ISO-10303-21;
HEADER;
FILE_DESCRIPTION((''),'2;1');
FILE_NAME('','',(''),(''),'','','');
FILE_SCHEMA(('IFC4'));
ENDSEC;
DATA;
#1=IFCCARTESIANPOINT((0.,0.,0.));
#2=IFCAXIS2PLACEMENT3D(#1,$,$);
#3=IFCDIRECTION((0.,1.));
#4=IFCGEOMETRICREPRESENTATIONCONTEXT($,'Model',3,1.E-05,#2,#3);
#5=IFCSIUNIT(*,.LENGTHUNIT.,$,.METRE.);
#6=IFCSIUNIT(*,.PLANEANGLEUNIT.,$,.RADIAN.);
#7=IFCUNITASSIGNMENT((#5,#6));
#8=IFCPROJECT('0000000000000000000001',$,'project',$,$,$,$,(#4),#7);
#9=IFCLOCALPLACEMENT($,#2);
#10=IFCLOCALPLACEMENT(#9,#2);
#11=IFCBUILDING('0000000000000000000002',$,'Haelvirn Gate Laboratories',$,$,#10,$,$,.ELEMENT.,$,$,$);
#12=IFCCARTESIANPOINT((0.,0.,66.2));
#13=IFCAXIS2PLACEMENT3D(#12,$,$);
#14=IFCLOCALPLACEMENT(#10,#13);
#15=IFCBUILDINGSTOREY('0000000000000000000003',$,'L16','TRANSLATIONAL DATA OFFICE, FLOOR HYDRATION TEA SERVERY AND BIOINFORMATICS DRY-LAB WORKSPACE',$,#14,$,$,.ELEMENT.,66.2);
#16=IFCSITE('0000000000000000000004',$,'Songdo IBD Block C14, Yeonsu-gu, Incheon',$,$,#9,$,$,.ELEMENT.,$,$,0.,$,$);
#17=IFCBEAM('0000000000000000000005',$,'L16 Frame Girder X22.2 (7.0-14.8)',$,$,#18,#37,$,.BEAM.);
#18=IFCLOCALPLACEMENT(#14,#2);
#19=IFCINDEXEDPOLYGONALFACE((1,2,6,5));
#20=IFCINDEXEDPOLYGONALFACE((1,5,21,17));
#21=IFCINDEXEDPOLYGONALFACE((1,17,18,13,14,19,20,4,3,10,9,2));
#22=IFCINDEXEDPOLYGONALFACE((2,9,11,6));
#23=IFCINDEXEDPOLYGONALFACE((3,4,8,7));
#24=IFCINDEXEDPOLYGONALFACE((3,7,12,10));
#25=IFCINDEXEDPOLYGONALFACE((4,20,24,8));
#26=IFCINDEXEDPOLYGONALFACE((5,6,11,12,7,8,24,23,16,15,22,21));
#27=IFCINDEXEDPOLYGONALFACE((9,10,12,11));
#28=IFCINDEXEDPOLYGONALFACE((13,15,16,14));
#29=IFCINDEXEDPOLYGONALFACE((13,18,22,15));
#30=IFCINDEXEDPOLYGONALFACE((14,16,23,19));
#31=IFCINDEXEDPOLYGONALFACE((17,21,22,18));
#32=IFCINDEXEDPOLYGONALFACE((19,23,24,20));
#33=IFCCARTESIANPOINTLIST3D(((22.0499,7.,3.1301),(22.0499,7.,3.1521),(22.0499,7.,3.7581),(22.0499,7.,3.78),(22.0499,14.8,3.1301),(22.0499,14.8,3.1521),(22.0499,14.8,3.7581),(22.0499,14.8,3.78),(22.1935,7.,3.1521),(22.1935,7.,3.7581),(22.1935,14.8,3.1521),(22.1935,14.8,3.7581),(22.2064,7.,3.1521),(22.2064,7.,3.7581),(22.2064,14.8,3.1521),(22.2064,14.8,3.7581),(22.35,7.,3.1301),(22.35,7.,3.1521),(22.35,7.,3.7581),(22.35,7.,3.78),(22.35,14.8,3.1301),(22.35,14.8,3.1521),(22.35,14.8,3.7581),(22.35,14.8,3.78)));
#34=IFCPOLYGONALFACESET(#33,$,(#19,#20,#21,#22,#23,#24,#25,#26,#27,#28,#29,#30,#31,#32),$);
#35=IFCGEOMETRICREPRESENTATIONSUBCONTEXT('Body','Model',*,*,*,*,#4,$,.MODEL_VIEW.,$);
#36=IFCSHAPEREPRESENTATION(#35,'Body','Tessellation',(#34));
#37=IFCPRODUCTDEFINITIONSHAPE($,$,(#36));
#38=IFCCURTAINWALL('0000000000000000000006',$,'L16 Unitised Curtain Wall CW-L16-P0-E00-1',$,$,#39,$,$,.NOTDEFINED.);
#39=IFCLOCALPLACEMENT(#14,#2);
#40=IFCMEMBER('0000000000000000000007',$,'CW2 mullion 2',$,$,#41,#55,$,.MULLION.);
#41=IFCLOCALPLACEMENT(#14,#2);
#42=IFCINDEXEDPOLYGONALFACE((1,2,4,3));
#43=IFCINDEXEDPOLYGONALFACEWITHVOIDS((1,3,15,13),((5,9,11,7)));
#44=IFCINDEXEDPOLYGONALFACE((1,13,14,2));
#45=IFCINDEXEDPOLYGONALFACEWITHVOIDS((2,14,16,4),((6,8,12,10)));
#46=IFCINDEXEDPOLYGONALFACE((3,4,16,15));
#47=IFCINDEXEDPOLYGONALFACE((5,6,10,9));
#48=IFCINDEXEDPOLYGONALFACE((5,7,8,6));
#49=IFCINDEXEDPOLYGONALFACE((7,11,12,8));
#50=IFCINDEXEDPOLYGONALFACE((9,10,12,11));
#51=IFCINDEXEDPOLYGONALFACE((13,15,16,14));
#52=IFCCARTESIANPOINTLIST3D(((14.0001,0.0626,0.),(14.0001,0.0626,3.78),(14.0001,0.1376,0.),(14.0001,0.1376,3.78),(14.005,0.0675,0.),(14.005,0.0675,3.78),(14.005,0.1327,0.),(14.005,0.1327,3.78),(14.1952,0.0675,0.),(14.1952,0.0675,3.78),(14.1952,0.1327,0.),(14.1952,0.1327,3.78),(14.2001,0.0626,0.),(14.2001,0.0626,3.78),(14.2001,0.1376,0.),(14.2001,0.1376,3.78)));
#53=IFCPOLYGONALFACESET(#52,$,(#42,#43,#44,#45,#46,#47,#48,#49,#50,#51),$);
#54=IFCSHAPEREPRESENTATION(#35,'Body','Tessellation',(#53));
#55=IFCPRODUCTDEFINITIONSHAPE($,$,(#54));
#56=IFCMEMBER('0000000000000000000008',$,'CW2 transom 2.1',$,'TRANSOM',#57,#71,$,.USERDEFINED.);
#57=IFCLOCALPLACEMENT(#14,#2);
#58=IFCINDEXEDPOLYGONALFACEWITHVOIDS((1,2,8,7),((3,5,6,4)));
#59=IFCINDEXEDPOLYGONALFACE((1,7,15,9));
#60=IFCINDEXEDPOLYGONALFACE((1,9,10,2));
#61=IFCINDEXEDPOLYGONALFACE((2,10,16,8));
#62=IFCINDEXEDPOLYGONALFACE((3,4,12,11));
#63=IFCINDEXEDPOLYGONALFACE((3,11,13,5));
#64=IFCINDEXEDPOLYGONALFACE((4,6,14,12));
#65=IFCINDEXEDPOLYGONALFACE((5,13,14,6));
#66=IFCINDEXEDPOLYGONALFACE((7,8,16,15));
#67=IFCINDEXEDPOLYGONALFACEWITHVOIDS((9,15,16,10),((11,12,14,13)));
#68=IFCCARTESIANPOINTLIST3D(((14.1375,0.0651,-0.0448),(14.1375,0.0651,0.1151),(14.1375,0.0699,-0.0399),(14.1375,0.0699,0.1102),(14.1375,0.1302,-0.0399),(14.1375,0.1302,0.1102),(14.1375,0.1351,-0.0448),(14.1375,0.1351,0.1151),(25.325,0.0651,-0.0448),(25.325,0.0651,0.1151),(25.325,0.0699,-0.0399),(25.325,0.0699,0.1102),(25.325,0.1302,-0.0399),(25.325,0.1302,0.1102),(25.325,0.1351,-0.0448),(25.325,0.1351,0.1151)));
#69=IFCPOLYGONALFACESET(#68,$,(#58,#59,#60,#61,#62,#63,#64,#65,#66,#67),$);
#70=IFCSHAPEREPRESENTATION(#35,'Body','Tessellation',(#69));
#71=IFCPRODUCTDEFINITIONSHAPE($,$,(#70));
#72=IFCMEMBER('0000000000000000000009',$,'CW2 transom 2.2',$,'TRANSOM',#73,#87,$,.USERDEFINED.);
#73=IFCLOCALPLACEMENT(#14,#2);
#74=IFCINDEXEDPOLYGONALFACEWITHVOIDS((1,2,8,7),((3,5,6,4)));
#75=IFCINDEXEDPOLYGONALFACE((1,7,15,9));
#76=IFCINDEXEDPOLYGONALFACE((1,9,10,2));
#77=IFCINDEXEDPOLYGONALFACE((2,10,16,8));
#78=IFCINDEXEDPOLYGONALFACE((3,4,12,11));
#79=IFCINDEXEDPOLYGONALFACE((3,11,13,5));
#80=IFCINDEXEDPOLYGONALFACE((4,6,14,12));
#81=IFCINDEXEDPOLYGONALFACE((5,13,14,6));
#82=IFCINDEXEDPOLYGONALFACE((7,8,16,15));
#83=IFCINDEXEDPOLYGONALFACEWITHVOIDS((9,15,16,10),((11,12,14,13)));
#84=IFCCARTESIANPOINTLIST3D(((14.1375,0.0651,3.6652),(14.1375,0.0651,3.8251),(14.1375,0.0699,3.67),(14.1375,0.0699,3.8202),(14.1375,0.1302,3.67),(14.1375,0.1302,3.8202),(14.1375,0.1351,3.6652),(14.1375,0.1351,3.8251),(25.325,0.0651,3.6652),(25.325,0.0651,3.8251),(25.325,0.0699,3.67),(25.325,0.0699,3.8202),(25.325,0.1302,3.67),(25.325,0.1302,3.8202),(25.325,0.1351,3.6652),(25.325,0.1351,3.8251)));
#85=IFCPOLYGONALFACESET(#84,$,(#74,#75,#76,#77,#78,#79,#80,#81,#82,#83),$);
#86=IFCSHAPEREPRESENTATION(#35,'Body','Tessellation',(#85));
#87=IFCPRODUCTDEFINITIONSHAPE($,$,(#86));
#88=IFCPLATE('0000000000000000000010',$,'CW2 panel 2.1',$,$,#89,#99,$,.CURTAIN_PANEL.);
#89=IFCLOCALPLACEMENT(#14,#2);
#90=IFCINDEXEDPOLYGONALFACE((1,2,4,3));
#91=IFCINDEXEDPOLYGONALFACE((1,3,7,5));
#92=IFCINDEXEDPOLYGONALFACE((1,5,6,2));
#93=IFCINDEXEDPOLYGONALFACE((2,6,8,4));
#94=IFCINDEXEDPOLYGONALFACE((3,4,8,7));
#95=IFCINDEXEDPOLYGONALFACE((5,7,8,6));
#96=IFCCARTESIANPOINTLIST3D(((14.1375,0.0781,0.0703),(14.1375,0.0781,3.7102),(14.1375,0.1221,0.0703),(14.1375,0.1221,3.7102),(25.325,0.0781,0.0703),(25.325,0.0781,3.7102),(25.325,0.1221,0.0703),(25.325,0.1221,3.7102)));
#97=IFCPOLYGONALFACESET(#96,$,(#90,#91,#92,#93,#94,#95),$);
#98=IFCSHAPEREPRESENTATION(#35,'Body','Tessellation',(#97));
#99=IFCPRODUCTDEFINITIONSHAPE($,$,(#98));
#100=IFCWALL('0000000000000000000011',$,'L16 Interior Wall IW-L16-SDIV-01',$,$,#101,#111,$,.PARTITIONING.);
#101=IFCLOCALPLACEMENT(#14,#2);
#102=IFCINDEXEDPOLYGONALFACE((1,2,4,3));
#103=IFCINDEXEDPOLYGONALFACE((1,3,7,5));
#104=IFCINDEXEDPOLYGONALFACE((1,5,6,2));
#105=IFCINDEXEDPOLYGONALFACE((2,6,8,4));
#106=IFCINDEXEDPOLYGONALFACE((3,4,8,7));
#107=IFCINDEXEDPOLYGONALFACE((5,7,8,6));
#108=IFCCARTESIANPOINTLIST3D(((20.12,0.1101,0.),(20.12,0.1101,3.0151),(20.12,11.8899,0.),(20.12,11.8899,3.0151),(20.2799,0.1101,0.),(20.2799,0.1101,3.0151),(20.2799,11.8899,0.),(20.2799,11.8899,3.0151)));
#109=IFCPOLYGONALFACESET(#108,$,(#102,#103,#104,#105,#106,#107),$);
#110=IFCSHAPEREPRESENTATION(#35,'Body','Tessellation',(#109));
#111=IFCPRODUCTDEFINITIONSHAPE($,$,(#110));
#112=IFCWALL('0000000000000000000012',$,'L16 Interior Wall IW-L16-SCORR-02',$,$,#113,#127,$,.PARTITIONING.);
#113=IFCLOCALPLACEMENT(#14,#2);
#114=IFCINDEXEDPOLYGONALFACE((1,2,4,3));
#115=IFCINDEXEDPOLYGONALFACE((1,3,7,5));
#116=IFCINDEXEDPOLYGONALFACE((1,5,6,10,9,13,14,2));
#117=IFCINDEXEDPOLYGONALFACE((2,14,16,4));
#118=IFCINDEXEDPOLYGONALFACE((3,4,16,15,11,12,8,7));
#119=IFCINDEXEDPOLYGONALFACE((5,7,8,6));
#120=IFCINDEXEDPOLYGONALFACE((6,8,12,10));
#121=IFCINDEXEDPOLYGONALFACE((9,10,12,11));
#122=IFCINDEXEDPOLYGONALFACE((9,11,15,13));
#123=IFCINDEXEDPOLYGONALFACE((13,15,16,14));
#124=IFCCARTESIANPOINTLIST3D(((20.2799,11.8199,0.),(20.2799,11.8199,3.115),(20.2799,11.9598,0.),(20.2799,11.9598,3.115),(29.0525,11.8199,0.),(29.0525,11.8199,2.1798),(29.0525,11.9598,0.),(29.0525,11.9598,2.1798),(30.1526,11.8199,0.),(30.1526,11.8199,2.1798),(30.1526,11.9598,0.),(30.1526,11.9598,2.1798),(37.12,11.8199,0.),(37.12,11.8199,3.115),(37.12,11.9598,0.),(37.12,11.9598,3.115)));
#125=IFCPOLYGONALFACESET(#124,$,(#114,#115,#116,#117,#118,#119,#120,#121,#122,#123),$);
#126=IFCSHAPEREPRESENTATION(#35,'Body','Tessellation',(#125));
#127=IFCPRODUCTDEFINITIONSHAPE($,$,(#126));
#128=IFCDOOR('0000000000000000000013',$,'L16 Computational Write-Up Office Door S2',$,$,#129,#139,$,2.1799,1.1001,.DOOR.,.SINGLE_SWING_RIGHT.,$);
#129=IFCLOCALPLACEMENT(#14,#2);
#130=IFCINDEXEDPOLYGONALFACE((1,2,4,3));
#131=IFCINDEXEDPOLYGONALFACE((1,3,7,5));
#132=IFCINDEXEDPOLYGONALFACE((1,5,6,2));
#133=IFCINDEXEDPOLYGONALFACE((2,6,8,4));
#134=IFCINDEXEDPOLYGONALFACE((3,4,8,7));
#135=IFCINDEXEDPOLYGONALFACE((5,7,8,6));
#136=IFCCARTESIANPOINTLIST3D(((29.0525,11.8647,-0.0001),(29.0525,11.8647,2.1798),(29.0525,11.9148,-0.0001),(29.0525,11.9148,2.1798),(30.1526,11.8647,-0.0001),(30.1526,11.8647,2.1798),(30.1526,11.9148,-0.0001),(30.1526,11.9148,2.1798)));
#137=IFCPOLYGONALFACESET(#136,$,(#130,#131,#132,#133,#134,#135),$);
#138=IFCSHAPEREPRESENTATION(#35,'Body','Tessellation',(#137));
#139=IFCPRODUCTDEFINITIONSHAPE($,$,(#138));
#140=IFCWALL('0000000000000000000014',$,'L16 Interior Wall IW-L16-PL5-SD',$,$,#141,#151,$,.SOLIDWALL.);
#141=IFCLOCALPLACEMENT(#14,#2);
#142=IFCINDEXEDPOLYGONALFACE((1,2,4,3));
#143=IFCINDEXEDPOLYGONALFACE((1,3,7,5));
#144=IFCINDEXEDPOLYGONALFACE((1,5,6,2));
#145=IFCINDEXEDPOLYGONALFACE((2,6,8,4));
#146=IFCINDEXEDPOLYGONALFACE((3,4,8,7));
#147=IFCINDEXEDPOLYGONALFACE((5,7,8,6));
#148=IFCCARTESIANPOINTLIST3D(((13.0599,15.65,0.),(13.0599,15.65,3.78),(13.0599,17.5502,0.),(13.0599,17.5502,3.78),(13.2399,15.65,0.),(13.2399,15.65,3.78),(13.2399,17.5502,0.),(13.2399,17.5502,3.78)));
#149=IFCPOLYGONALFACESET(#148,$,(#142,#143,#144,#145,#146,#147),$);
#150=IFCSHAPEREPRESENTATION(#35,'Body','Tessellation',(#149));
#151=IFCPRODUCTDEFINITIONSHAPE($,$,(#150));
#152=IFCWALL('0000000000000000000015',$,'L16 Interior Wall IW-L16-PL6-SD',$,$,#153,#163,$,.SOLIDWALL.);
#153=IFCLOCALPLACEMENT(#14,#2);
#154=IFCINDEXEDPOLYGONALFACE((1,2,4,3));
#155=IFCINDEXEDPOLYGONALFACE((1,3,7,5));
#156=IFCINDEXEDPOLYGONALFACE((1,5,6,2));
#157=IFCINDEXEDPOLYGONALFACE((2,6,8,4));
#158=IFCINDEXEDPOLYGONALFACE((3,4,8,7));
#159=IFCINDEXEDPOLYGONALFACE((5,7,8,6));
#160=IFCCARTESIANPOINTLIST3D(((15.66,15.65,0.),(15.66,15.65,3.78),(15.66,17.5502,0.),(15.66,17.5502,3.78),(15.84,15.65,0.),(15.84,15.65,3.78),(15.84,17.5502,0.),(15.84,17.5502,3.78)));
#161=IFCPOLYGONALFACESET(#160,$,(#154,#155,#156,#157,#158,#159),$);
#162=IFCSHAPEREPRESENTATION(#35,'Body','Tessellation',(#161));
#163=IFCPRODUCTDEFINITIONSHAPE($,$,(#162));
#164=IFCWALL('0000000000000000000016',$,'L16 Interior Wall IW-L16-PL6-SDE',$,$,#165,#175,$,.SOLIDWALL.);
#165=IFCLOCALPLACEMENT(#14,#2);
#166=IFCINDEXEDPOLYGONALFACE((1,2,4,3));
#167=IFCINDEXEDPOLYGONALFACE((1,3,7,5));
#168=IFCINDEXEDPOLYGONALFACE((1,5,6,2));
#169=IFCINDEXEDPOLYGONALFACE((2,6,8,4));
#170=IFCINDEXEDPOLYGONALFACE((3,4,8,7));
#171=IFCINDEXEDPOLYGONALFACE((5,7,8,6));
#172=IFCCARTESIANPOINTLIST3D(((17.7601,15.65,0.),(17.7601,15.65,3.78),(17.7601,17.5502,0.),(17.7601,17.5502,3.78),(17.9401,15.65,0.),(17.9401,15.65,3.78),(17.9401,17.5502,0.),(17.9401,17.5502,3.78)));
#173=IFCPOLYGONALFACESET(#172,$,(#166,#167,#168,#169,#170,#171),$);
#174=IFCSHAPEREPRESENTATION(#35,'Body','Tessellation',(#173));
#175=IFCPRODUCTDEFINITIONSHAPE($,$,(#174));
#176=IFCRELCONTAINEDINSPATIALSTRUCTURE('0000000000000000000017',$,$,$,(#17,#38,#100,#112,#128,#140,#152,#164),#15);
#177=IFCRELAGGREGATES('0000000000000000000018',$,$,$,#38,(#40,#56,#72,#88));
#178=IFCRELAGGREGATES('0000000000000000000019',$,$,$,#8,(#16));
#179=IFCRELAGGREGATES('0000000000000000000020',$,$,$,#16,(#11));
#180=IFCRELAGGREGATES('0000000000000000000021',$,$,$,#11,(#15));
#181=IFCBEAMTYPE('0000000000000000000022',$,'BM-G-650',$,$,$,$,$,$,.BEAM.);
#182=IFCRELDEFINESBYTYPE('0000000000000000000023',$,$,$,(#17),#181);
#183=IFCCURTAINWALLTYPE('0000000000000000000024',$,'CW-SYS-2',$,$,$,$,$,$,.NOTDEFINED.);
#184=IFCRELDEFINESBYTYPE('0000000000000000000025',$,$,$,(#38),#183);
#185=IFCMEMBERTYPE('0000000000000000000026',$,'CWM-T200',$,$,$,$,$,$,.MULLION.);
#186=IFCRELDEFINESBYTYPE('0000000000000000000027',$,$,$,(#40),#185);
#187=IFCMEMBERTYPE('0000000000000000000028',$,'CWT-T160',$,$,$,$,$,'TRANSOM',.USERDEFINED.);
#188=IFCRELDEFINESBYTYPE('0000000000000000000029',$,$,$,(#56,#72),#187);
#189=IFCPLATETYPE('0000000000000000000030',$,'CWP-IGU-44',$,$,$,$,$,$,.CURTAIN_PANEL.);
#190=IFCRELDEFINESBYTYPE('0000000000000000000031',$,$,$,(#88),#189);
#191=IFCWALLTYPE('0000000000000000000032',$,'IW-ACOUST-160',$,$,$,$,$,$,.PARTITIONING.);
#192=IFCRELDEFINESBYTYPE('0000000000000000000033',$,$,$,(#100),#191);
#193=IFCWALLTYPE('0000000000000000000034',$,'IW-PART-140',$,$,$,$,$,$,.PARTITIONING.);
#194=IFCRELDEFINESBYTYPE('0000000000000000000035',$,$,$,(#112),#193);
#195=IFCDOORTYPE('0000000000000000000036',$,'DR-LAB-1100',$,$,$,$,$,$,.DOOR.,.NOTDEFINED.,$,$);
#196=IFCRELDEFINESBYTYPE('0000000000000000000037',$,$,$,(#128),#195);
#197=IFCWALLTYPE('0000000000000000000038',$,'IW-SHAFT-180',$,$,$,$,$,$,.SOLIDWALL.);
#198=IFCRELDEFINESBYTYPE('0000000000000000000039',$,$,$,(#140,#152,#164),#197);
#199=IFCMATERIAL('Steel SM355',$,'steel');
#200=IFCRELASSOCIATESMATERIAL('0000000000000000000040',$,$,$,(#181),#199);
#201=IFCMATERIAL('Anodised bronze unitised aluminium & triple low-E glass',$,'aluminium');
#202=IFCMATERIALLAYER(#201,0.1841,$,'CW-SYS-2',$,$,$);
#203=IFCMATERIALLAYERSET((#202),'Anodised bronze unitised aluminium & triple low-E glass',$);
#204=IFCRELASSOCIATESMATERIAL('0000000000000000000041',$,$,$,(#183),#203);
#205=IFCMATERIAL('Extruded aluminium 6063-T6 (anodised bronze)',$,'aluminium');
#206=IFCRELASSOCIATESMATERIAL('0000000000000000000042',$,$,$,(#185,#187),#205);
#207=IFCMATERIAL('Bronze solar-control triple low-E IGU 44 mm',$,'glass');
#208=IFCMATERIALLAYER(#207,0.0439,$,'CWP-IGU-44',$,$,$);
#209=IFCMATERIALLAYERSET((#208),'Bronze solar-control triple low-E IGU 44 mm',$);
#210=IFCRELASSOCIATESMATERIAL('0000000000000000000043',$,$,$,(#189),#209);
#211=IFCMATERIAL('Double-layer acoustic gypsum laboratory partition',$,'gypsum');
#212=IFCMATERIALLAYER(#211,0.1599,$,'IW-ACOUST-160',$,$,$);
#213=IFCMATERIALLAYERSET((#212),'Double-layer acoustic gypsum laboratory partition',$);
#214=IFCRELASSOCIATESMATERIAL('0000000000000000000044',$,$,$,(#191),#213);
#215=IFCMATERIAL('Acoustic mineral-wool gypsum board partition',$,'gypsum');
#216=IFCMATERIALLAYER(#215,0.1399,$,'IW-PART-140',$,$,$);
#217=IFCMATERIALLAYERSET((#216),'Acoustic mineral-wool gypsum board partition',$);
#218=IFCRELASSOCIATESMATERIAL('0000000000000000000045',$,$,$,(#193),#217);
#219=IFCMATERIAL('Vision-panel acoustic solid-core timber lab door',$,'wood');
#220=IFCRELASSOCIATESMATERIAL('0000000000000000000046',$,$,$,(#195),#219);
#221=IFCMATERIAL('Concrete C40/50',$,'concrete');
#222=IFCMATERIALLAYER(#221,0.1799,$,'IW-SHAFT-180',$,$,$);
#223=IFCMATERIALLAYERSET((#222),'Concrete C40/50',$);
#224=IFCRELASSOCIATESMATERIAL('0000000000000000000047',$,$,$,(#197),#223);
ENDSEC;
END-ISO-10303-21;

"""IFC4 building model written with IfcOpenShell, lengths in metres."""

from ifc_helpers import new_model, si_unit, direction, frame, frame_2d, origin, origin_2d, place, context, subcontext, project, spatial, rectangle, hollow_rectangle, i_section, extrude, source, transform, mapped, material, layer, layer_set, material_profile, profile_set, type_object, type_shapes, element, fill, aggregate, save


model = new_model("IFC4")

# Units and contexts
model_context = context("Model", 3, precision=1e-05, world=origin(), true_north=direction((0.0, 1.0)))
body_context = subcontext(model_context, "Body", "Model", "MODEL_VIEW")
ifc_project = project(units=[si_unit("LENGTHUNIT", "METRE"), si_unit("PLANEANGLEUNIT", "RADIAN")], contexts=[model_context])

# Site, building, storey
site_placement = place(None, origin())
site = spatial("IfcSite", under=ifc_project, at=site_placement, Name="Songdo IBD Block C14, Yeonsu-gu, Incheon", CompositionType="ELEMENT", RefElevation=0.0)
building_placement = place(site_placement, origin())
building = spatial("IfcBuilding", under=site, at=building_placement, Name="Haelvirn Gate Laboratories", CompositionType="ELEMENT")
storey_placement = place(building_placement, frame((0.0, 0.0, 66.2)))
storey = spatial("IfcBuildingStorey", under=building, at=storey_placement, Name="L16", Description="TRANSLATIONAL DATA OFFICE, FLOOR HYDRATION TEA SERVERY AND BIOINFORMATICS DRY-LAB WORKSPACE", CompositionType="ELEMENT", Elevation=66.2)

# Beam
ifc_material_1 = material(Name="Steel SM355", Category="steel")
ifc_material_profile_1 = material_profile(ifc_material_1, i_section(OverallWidth=0.3, OverallDepth=0.6499, WebThickness=0.0129, FlangeThickness=0.022, at=origin_2d()), Name="H-650x300x13x22")
ifc_profile_set_1 = profile_set([ifc_material_profile_1], Name="Steel SM355")
beam_type_1 = type_object("IfcBeamType", Name="BM-G-650", PredefinedType="BEAM", material=ifc_profile_set_1)
shared_shape_1 = source(origin(), body_context, "Body", "SweptSolid", [
    extrude(i_section(OverallWidth=0.3, OverallDepth=0.6499, WebThickness=0.0129, FlangeThickness=0.022, at=origin_2d()), origin(), (0.0, 0.0, 1.0), 7.8),
])
beam_1_placement = place(storey_placement, frame((22.2, 7.0, 3.4551), z_axis=(0.0, 1.0, 0.0), x_axis=(-1.0, 0.0, 0.0)))
element("IfcBeam", 1, at=beam_1_placement, inside=storey, type_object=beam_type_1, Name="L16 Frame Girder X22.2 (7.0-14.8)", PredefinedType="BEAM", context=body_context, shape_type="MappedRepresentation", body=[
    mapped(shared_shape_1, transform((0.0, 0.0, 0.0), scale=1.0)),
])

# Curtain wall, members, plate
ifc_material_2 = material(Name="Anodised bronze unitised aluminium & triple low-E glass", Category="aluminium")
ifc_layer_1 = layer(ifc_material_2, 0.1841, Name="CW-SYS-2")
ifc_layer_set_1 = layer_set([ifc_layer_1], Name="Anodised bronze unitised aluminium & triple low-E glass")
curtain_wall_type = type_object("IfcCurtainWallType", Name="CW-SYS-2", PredefinedType="NOTDEFINED", material=ifc_layer_set_1)
curtain_wall_placement = place(storey_placement, origin())
curtain_wall = element("IfcCurtainWall", 2, at=curtain_wall_placement, inside=storey, type_object=curtain_wall_type, Name="L16 Unitised Curtain Wall CW-L16-P0-E00-1", PredefinedType="NOTDEFINED")
ifc_material_3 = material(Name="Extruded aluminium 6063-T6 (anodised bronze)", Category="aluminium")
ifc_material_profile_2 = material_profile(ifc_material_3, hollow_rectangle(XDim=0.075, YDim=0.2, WallThickness=0.0049, at=origin_2d()), Name="CWM-200x75x5")
ifc_profile_set_2 = profile_set([ifc_material_profile_2], Name="Extruded aluminium 6063-T6 (anodised bronze)")
member_type_1 = type_object("IfcMemberType", Name="CWM-T200", PredefinedType="MULLION", material=ifc_profile_set_2)
shared_shape_2 = source(origin(), body_context, "Body", "SweptSolid", [
    extrude(hollow_rectangle(XDim=0.075, YDim=0.2, WallThickness=0.0049, at=origin_2d()), origin(), (0.0, 0.0, 1.0), 3.78),
])
type_shapes(member_type_1, [shared_shape_2])
member_1_placement = place(storey_placement, frame((14.1001, 0.1001, 0.0), z_axis=(0.0, 0.0, 1.0), x_axis=(0.0, 1.0, 0.0)))
member_1 = element("IfcMember", 3, at=member_1_placement, type_object=member_type_1, Name="CW2 mullion 2", PredefinedType="MULLION", context=body_context, shape_type="MappedRepresentation", body=[
    mapped(shared_shape_2, transform((0.0, 0.0, 0.0), scale=1.0)),
])
ifc_material_profile_3 = material_profile(ifc_material_3, hollow_rectangle(XDim=0.0701, YDim=0.1599, WallThickness=0.0049, at=origin_2d()), Name="CWT-160x70x5")
ifc_profile_set_3 = profile_set([ifc_material_profile_3], Name="Extruded aluminium 6063-T6 (anodised bronze)")
member_type_2 = type_object("IfcMemberType", Name="CWT-T160", ElementType="TRANSOM", PredefinedType="USERDEFINED", material=ifc_profile_set_3)
shared_shape_3 = source(origin(), body_context, "Body", "SweptSolid", [
    extrude(hollow_rectangle(XDim=0.0701, YDim=0.1599, WallThickness=0.0049, at=origin_2d()), origin(), (0.0, 0.0, 1.0), 11.1875),
])
type_shapes(member_type_2, [shared_shape_3])
member_2_placement = place(storey_placement, frame((14.1375, 0.1001, 0.0352), z_axis=(1.0, 0.0, 0.0), x_axis=(0.0, 1.0, 0.0)))
member_2 = element("IfcMember", 4, at=member_2_placement, type_object=member_type_2, Name="CW2 transom 2.1", ObjectType="TRANSOM", PredefinedType="USERDEFINED", context=body_context, shape_type="MappedRepresentation", body=[
    mapped(shared_shape_3, transform((0.0, 0.0, 0.0), scale=1.0)),
])
member_3_placement = place(storey_placement, frame((14.1375, 0.1001, 3.7451), z_axis=(1.0, 0.0, 0.0), x_axis=(0.0, 1.0, 0.0)))
member_3 = element("IfcMember", 5, at=member_3_placement, type_object=member_type_2, Name="CW2 transom 2.2", ObjectType="TRANSOM", PredefinedType="USERDEFINED", context=body_context, shape_type="MappedRepresentation", body=[
    mapped(shared_shape_3, transform((0.0, 0.0, 0.0), scale=1.0)),
])
ifc_material_4 = material(Name="Bronze solar-control triple low-E IGU 44 mm", Category="glass")
ifc_layer_2 = layer(ifc_material_4, 0.0439, Name="CWP-IGU-44")
ifc_layer_set_2 = layer_set([ifc_layer_2], Name="Bronze solar-control triple low-E IGU 44 mm")
plate_type = type_object("IfcPlateType", Name="CWP-IGU-44", PredefinedType="CURTAIN_PANEL", material=ifc_layer_set_2)
shared_shape_4 = source(origin(), body_context, "Body", "SweptSolid", [
    extrude(rectangle(XDim=11.1875, YDim=0.0439, at=origin_2d()), origin(), (0.0, 0.0, 1.0), 3.6399),
])
type_shapes(plate_type, [shared_shape_4])
plate_placement = place(storey_placement, frame((19.7312, 0.1001, 0.0703), z_axis=(0.0, 0.0, 1.0), x_axis=(1.0, 0.0, 0.0)))
plate = element("IfcPlate", 6, at=plate_placement, type_object=plate_type, Name="CW2 panel 2.1", PredefinedType="CURTAIN_PANEL", context=body_context, shape_type="MappedRepresentation", body=[
    mapped(shared_shape_4, transform((0.0, 0.0, 0.0), scale=1.0)),
])
aggregate(curtain_wall, [member_1, member_2, member_3, plate])

# Wall
ifc_material_5 = material(Name="Double-layer acoustic gypsum laboratory partition", Category="gypsum")
ifc_layer_3 = layer(ifc_material_5, 0.1599, Name="IW-ACOUST-160")
ifc_layer_set_3 = layer_set([ifc_layer_3], Name="Double-layer acoustic gypsum laboratory partition")
wall_type_1 = type_object("IfcWallType", Name="IW-ACOUST-160", PredefinedType="PARTITIONING", material=ifc_layer_set_3)
wall_1_placement = place(storey_placement, frame((20.2, 0.1101, 0.0), z_axis=(0.0, 0.0, 1.0), x_axis=(0.0, 1.0, 0.0)))
element("IfcWall", 7, at=wall_1_placement, inside=storey, type_object=wall_type_1, Name="L16 Interior Wall IW-L16-SDIV-01", PredefinedType="PARTITIONING", context=body_context, shape_type="SweptSolid", body=[
    extrude(rectangle(XDim=11.7798, YDim=0.1599, at=frame_2d((5.8899, 0.0))), origin(), (0.0, 0.0, 1.0), 3.0151),
])

# Wall, opening, door
ifc_material_6 = material(Name="Acoustic mineral-wool gypsum board partition", Category="gypsum")
ifc_layer_4 = layer(ifc_material_6, 0.1399, Name="IW-PART-140")
ifc_layer_set_4 = layer_set([ifc_layer_4], Name="Acoustic mineral-wool gypsum board partition")
wall_type_2 = type_object("IfcWallType", Name="IW-PART-140", PredefinedType="PARTITIONING", material=ifc_layer_set_4)
wall_2_placement = place(storey_placement, frame((20.28, 11.8899, 0.0), z_axis=(0.0, 0.0, 1.0), x_axis=(1.0, 0.0, 0.0)))
wall_2 = element("IfcWall", 8, at=wall_2_placement, inside=storey, type_object=wall_type_2, Name="L16 Interior Wall IW-L16-SCORR-02", PredefinedType="PARTITIONING", context=body_context, shape_type="SweptSolid", body=[
    extrude(rectangle(XDim=16.8401, YDim=0.1399, at=frame_2d((8.4199, 0.0))), origin(), (0.0, 0.0, 1.0), 3.115),
])
opening_placement = place(wall_2_placement, frame((8.7725, 0.0, 0.0)))
opening = element("IfcOpeningElement", 9, at=opening_placement, cuts=wall_2, PredefinedType="OPENING", context=body_context, shape_type="SweptSolid", body=[
    extrude(rectangle(XDim=1.1001, YDim=2.1799, at=frame_2d((0.55, 1.0898))), frame((0.0, 0.0801, 0.0), z_axis=(0.0, -1.0, 0.0), x_axis=(1.0, 0.0, 0.0)), (0.0, 0.0, 1.0), 0.1599),
])
ifc_material_7 = material(Name="Vision-panel acoustic solid-core timber lab door", Category="wood")
door_type = type_object("IfcDoorType", Name="DR-LAB-1100", OperationType="NOTDEFINED", PredefinedType="DOOR", material=ifc_material_7)
shared_shape_5 = source(origin(), body_context, "Body", "SweptSolid", [
    extrude(rectangle(XDim=1.1001, YDim=2.1799, at=frame_2d((0.55, 1.0898))), frame((0.0, 0.0249, 0.0), z_axis=(0.0, -1.0, 0.0), x_axis=(1.0, 0.0, 0.0)), (0.0, 0.0, 1.0), 0.05),
])
type_shapes(door_type, [shared_shape_5])
door_placement = place(opening_placement, origin())
door = element("IfcDoor", 10, at=door_placement, inside=storey, type_object=door_type, Name="L16 Computational Write-Up Office Door S2", OperationType="SINGLE_SWING_RIGHT", OverallHeight=2.1799, OverallWidth=1.1001, PredefinedType="DOOR", context=body_context, shape_type="MappedRepresentation", body=[
    mapped(shared_shape_5, transform((0.0, 0.0, 0.0), scale=1.0)),
])
fill(opening, door)

# Walls
ifc_material_8 = material(Name="Concrete C40/50", Category="concrete")
ifc_layer_5 = layer(ifc_material_8, 0.1799, Name="IW-SHAFT-180")
ifc_layer_set_5 = layer_set([ifc_layer_5], Name="Concrete C40/50")
wall_type_3 = type_object("IfcWallType", Name="IW-SHAFT-180", PredefinedType="SOLIDWALL", material=ifc_layer_set_5)
for number, where, z_axis, x_axis, name in (
    (11, (13.1499, 15.6499, 0.0), (0.0, 0.0, 1.0), (0.0, 1.0, 0.0), "L16 Interior Wall IW-L16-PL5-SD"),
    (12, (15.75, 15.6499, 0.0), (0.0, 0.0, 1.0), (0.0, 1.0, 0.0), "L16 Interior Wall IW-L16-PL6-SD"),
    (13, (17.8501, 15.6499, 0.0), (0.0, 0.0, 1.0), (0.0, 1.0, 0.0), "L16 Interior Wall IW-L16-PL6-SDE"),
):
    element("IfcWall", number, at=place(storey_placement, frame(where, z_axis=z_axis, x_axis=x_axis)), inside=storey, type_object=wall_type_3, Name=name, PredefinedType="SOLIDWALL", context=body_context, shape_type="SweptSolid", body=[
        extrude(rectangle(XDim=1.9001, YDim=0.1799, at=frame_2d((0.9502, 0.0))), origin(), (0.0, 0.0, 1.0), 3.78),
    ])

save(model, "model.ifc")
